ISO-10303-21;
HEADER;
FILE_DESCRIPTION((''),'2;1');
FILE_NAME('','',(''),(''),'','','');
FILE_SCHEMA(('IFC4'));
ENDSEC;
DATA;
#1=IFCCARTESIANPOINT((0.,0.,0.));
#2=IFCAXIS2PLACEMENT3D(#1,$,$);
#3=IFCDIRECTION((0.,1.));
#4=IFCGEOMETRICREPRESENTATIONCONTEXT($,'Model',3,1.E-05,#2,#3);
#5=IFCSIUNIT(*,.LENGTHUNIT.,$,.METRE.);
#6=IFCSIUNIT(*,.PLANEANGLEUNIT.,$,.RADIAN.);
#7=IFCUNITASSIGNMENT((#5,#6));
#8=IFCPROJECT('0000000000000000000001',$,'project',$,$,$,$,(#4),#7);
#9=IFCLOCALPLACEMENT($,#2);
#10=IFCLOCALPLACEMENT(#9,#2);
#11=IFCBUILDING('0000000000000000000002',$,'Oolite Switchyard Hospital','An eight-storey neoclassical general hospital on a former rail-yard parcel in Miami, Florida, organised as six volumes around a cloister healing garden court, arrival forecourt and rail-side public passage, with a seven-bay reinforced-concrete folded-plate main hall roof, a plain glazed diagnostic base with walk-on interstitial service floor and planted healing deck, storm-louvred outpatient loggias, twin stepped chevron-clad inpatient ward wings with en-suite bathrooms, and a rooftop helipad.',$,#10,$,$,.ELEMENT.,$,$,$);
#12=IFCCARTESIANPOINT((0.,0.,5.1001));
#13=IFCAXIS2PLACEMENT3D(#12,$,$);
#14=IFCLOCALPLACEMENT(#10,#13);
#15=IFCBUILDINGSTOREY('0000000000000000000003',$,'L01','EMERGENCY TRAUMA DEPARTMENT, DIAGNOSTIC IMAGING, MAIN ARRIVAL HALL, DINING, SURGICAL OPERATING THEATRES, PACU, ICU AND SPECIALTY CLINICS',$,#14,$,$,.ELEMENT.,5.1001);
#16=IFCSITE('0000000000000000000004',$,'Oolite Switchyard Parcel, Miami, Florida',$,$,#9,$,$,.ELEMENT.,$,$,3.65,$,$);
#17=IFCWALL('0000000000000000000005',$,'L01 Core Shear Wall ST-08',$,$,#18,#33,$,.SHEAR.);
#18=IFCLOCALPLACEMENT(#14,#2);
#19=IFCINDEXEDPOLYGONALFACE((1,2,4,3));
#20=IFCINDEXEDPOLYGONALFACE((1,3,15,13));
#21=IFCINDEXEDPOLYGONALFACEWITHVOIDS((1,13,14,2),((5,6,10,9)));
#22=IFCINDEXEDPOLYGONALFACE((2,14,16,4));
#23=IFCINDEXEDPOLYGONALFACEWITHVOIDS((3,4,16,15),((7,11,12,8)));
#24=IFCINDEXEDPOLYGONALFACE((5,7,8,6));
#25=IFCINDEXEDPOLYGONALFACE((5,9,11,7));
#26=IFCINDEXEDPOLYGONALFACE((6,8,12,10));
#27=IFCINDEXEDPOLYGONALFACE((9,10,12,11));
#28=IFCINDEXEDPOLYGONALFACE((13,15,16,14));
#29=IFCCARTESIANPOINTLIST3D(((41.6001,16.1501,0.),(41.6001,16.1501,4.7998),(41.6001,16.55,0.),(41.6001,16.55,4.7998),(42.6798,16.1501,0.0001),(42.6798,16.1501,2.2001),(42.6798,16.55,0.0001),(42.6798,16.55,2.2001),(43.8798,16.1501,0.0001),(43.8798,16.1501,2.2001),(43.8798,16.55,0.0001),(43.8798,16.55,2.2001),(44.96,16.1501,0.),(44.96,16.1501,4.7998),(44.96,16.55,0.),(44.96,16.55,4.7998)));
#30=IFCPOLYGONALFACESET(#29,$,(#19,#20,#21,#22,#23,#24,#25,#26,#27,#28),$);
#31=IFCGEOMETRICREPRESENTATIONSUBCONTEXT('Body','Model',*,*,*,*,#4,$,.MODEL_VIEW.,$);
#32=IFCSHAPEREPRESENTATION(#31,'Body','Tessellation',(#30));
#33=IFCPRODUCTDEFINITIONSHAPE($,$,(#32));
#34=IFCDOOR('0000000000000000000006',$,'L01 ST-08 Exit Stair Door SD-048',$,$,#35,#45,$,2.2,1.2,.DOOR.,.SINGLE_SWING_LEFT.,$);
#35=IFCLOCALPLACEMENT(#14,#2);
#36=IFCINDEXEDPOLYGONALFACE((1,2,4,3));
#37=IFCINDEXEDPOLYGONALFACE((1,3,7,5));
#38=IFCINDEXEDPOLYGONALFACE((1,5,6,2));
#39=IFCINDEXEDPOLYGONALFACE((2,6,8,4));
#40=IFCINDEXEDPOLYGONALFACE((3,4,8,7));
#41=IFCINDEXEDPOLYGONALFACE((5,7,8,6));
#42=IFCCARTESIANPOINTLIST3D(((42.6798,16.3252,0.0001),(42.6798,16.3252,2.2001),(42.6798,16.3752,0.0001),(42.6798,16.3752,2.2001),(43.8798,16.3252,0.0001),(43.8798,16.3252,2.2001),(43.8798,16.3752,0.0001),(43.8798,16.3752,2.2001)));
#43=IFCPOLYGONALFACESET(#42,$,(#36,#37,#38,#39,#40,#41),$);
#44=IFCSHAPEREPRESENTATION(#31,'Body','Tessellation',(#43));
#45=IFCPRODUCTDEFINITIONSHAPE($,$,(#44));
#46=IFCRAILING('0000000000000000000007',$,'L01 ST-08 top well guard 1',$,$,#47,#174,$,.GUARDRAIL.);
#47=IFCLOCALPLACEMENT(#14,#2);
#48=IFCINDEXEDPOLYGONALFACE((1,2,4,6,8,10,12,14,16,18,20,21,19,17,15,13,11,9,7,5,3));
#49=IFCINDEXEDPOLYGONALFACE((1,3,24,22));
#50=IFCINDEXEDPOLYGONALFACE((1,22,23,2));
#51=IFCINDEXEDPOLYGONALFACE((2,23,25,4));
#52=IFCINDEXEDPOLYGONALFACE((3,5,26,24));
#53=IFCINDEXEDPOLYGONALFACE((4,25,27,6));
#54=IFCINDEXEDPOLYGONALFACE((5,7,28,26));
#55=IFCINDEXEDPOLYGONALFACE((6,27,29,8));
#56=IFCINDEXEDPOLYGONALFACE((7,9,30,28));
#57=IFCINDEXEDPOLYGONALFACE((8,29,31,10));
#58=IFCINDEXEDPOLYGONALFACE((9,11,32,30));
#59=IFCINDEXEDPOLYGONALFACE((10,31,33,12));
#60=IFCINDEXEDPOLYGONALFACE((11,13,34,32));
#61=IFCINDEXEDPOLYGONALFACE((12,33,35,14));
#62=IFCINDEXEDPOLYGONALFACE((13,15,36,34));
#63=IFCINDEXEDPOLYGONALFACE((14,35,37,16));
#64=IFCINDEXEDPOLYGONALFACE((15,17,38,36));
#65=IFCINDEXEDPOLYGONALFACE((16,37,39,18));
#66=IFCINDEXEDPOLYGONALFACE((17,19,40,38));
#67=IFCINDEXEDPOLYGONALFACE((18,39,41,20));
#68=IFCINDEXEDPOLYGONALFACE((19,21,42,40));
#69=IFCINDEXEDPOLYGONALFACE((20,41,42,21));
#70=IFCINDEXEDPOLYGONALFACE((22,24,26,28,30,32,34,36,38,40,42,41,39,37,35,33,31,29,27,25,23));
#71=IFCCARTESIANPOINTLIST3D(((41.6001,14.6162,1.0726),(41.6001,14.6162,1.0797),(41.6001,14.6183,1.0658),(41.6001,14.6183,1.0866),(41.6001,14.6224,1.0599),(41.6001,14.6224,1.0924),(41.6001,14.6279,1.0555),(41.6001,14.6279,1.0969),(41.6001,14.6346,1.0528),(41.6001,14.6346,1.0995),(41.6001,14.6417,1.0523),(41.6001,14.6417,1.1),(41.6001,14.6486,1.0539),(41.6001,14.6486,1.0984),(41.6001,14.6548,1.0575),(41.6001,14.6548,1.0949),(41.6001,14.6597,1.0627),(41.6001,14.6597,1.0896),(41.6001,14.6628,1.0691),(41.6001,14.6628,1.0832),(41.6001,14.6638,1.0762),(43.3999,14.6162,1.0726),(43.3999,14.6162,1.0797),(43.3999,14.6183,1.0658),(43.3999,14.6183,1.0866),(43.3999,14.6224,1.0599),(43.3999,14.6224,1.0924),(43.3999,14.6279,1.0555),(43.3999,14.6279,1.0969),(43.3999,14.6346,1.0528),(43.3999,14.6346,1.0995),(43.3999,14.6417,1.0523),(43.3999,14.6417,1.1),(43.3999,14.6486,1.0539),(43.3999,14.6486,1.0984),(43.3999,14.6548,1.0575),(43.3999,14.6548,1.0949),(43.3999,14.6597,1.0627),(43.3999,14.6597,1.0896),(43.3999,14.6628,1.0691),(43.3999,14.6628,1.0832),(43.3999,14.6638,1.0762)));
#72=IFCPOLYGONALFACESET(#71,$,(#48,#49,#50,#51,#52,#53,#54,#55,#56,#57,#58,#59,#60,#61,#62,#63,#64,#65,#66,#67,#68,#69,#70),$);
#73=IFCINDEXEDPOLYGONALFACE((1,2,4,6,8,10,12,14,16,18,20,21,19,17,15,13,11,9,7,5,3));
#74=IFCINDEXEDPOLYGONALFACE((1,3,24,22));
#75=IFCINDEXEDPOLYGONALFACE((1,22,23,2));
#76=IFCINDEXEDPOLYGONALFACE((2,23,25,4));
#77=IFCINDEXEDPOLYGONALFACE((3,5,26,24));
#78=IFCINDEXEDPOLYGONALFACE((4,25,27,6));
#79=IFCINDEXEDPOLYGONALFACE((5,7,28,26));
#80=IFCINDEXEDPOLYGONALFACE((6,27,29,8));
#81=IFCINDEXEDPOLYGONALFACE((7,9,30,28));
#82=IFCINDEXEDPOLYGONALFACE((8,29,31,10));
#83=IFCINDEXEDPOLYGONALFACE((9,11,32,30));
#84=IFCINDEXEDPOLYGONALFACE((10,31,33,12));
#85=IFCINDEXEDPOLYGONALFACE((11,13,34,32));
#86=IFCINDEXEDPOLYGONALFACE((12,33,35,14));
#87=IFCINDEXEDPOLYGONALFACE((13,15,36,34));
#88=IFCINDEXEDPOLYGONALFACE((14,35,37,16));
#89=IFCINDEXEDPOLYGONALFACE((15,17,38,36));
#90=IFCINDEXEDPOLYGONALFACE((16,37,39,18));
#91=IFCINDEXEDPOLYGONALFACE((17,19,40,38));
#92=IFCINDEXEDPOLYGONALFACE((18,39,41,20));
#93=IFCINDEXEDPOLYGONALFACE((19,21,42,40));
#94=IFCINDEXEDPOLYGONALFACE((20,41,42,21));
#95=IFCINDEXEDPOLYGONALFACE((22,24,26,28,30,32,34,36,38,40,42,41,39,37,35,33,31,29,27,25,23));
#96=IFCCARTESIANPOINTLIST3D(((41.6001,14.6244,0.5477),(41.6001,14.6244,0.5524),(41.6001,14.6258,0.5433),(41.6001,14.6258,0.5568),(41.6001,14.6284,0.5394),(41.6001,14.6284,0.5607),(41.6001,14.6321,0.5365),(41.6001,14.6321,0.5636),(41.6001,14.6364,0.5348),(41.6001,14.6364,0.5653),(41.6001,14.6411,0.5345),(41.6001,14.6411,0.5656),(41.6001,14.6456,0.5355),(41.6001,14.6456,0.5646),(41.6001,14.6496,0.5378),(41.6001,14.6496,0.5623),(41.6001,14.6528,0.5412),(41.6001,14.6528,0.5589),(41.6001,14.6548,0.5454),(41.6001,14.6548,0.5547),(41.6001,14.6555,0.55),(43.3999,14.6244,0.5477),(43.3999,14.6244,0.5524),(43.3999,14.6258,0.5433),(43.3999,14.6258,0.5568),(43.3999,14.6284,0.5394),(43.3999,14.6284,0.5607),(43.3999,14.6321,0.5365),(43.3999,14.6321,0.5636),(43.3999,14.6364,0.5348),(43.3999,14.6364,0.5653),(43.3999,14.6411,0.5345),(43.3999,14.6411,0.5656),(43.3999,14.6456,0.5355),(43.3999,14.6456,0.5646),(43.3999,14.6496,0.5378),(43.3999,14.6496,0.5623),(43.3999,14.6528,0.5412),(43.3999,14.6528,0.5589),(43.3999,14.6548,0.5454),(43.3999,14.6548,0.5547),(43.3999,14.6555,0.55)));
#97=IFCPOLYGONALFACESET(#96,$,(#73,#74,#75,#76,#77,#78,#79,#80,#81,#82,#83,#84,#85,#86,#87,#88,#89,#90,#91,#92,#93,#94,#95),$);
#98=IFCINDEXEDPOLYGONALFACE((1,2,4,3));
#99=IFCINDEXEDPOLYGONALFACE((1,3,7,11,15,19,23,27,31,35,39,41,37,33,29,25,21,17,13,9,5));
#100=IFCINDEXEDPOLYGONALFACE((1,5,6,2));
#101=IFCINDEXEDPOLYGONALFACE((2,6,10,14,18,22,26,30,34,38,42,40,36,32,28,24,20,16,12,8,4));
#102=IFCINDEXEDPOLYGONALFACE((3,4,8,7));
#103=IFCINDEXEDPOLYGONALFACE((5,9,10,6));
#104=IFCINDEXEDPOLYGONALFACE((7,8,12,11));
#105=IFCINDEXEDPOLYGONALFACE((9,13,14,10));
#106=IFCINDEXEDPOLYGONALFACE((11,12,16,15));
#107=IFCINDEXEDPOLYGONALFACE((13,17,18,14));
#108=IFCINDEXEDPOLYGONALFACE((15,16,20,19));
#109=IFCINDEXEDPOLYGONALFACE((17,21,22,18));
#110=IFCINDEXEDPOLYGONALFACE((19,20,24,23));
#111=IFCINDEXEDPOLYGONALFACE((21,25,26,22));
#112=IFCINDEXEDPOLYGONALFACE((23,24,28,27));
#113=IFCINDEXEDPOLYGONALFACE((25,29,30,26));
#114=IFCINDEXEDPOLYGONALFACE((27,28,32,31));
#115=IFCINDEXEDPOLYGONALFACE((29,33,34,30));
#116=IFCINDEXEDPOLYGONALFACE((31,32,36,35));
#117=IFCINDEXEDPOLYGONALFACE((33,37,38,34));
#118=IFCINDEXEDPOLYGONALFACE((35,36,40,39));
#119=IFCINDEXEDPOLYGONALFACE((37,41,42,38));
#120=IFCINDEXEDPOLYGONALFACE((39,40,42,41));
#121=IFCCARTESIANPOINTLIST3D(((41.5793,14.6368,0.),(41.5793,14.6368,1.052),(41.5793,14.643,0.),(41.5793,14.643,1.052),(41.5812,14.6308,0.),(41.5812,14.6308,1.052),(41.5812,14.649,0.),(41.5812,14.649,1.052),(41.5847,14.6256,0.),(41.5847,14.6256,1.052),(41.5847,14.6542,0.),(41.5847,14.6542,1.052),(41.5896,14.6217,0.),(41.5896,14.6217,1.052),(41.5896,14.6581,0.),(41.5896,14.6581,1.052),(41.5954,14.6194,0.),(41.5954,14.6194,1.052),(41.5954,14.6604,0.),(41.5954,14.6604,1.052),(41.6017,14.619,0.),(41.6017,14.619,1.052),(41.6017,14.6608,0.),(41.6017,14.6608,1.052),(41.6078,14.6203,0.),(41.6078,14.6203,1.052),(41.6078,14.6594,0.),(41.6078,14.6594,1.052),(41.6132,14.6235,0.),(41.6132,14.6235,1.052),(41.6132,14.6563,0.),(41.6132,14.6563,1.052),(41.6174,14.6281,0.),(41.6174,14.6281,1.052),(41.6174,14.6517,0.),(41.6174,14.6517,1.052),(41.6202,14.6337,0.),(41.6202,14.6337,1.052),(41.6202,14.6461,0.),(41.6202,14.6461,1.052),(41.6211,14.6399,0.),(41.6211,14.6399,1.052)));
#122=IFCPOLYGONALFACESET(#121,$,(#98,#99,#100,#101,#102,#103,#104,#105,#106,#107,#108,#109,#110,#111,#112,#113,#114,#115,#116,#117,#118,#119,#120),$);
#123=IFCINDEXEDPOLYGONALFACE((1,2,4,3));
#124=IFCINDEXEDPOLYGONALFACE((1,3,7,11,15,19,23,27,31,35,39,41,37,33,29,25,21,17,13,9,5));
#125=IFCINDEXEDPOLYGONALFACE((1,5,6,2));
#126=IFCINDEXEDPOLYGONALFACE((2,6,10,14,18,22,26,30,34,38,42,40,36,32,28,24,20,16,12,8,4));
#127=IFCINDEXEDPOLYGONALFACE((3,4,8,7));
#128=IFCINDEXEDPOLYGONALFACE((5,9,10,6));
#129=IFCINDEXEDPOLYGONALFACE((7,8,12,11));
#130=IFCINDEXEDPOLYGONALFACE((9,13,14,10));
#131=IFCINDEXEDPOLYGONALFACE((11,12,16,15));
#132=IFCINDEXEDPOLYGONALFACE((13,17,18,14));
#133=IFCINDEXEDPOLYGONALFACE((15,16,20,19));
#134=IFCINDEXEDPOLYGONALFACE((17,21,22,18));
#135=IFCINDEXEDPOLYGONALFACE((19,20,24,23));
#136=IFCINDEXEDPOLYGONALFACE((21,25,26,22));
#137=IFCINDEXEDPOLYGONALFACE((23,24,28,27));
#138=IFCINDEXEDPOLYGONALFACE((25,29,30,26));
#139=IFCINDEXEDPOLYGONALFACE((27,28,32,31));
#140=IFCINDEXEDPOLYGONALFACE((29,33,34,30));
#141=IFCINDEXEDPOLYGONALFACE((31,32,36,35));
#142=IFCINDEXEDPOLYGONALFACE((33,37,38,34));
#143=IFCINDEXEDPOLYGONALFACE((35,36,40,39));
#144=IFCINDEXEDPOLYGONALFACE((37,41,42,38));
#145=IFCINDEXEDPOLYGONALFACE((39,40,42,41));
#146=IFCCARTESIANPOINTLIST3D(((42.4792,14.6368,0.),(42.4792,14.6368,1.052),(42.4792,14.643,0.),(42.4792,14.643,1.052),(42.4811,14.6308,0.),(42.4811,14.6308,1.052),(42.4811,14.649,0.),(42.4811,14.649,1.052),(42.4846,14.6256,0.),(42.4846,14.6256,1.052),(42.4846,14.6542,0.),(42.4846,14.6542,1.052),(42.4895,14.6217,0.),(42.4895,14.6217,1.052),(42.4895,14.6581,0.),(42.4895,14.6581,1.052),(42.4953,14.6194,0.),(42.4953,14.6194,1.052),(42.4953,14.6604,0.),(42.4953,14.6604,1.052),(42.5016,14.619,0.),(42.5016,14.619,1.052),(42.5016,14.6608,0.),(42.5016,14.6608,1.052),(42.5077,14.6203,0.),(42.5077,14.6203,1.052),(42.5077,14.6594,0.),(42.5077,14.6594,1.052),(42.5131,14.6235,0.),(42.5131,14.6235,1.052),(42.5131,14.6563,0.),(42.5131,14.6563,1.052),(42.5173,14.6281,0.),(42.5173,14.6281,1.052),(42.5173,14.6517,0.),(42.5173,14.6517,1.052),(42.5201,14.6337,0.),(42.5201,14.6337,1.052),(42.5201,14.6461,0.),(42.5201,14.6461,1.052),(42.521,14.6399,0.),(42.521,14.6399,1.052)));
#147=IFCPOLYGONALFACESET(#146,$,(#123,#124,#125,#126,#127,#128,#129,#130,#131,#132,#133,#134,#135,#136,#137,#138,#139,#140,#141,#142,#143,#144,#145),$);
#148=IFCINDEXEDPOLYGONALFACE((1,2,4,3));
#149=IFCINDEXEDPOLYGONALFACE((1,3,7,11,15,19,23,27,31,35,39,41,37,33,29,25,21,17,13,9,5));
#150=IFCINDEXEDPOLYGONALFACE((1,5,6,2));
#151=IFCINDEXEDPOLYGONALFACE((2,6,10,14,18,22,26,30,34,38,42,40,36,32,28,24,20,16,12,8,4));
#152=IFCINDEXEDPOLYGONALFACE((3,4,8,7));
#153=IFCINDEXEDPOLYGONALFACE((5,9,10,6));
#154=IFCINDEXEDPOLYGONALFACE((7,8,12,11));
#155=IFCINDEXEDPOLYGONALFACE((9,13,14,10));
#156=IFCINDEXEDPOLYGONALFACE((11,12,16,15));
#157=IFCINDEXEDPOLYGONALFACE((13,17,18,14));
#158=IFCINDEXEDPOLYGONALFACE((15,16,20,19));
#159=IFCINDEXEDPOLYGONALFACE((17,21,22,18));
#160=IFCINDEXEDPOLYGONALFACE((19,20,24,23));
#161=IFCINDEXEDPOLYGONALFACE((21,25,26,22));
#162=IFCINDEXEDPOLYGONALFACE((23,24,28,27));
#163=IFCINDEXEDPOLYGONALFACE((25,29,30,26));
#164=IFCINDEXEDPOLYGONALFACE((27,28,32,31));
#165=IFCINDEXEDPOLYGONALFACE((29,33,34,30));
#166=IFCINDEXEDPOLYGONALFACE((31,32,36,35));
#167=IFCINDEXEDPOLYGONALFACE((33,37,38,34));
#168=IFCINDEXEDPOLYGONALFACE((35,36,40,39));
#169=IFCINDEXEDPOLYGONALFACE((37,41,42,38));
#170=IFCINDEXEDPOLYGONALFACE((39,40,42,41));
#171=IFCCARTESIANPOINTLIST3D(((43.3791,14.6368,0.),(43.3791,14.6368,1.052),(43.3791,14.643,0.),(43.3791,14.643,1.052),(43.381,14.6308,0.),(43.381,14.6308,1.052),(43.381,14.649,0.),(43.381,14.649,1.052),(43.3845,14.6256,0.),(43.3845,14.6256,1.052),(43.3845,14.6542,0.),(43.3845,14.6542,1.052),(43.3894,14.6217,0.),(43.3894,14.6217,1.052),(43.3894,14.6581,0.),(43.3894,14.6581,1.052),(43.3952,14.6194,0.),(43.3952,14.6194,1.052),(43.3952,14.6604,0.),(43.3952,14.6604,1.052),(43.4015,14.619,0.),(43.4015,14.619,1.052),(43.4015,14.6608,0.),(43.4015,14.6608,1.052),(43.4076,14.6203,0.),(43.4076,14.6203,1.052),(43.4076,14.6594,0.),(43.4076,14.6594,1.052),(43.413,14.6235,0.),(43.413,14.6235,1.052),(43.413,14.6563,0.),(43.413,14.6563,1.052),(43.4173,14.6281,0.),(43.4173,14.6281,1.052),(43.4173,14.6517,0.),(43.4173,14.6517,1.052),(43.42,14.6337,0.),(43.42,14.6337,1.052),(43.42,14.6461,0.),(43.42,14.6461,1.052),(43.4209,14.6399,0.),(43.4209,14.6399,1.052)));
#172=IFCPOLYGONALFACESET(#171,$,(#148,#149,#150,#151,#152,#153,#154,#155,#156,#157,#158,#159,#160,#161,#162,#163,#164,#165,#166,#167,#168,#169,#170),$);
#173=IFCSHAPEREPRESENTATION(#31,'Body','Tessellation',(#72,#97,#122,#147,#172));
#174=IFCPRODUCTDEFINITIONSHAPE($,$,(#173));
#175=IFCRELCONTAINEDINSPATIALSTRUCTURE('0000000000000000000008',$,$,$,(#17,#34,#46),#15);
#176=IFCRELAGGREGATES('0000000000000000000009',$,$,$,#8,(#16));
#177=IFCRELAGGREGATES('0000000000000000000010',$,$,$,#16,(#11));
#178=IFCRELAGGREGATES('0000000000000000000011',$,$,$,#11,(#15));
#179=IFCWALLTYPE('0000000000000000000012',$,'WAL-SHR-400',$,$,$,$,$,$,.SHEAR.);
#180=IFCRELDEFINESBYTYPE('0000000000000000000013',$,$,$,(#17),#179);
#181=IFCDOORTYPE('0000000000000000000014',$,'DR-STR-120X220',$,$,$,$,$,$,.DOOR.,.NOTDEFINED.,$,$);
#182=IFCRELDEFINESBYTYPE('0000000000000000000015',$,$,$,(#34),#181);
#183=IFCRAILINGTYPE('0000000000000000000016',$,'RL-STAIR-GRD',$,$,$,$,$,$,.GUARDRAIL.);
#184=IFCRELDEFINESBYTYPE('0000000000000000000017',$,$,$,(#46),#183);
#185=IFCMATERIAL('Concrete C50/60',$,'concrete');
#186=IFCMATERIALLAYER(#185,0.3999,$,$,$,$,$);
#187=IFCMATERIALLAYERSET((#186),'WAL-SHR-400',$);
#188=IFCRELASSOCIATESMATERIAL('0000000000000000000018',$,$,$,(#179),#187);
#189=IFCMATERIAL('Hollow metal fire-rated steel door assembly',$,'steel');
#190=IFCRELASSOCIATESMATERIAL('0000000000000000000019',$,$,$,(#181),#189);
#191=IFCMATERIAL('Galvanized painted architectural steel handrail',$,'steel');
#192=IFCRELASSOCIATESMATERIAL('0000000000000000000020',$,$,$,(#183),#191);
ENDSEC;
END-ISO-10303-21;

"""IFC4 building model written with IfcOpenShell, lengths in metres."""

from ifc_helpers import new_model, si_unit, direction, frame, frame_2d, origin, origin_2d, place, context, subcontext, project, spatial, rectangle, circle, extrude, material, layer, layer_set, type_object, element, fill, save


model = new_model("IFC4")

# Units and contexts
model_context = context("Model", 3, precision=1e-05, world=origin(), true_north=direction((0.0, 1.0)))
body_context = subcontext(model_context, "Body", "Model", "MODEL_VIEW")
ifc_project = project(units=[si_unit("LENGTHUNIT", "METRE"), si_unit("PLANEANGLEUNIT", "RADIAN")], contexts=[model_context])

# Site, building, storey
site_placement = place(None, origin())
site = spatial("IfcSite", under=ifc_project, at=site_placement, Name="Oolite Switchyard Parcel, Miami, Florida", CompositionType="ELEMENT", RefElevation=3.65)
building_placement = place(site_placement, origin())
building = spatial("IfcBuilding", under=site, at=building_placement, Name="Oolite Switchyard Hospital", Description="An eight-storey neoclassical general hospital on a former rail-yard parcel in Miami, Florida, organised as six volumes around a cloister healing garden court, arrival forecourt and rail-side public passage, with a seven-bay reinforced-concrete folded-plate main hall roof, a plain glazed diagnostic base with walk-on interstitial service floor and planted healing deck, storm-louvred outpatient loggias, twin stepped chevron-clad inpatient ward wings with en-suite bathrooms, and a rooftop helipad.", CompositionType="ELEMENT")
storey_placement = place(building_placement, frame((0.0, 0.0, 5.1001)))
storey = spatial("IfcBuildingStorey", under=building, at=storey_placement, Name="L01", Description="EMERGENCY TRAUMA DEPARTMENT, DIAGNOSTIC IMAGING, MAIN ARRIVAL HALL, DINING, SURGICAL OPERATING THEATRES, PACU, ICU AND SPECIALTY CLINICS", CompositionType="ELEMENT", Elevation=5.1001)

# Shared definitions
ifc_material_1 = material(Name="Concrete C50/60", Category="concrete")

# Shared definitions
ifc_layer_1 = layer(ifc_material_1, 0.3999)
ifc_layer_set_1 = layer_set([ifc_layer_1], Name="WAL-SHR-400")
wall_type_1 = type_object("IfcWallType", Name="WAL-SHR-400", PredefinedType="SHEAR", material=ifc_layer_set_1)

# Wall, opening, door
wall_1_placement = place(storey_placement, frame((44.96, 16.3501, 0.0), z_axis=(0.0, 0.0, 1.0), x_axis=(-1.0, 0.0, 0.0)))
wall_1 = element("IfcWall", 1, at=wall_1_placement, inside=storey, type_object=wall_type_1, Name="L01 Core Shear Wall ST-08", PredefinedType="SHEAR", context=body_context, shape_type="SweptSolid", body=[
    extrude(rectangle(XDim=3.3599, YDim=0.3999, at=frame_2d((1.6799, 0.0))), origin(), (0.0, 0.0, 1.0), 4.7998),
])
opening_placement = place(wall_1_placement, frame((1.0801, 0.0, 0.0)))
opening = element("IfcOpeningElement", 2, at=opening_placement, cuts=wall_1, PredefinedType="OPENING", context=body_context, shape_type="SweptSolid", body=[
    extrude(rectangle(XDim=1.2, YDim=2.2, at=frame_2d((0.6001, 1.1001))), frame((0.0, 0.21, 0.0), z_axis=(0.0, -1.0, 0.0), x_axis=(1.0, 0.0, 0.0)), (0.0, 0.0, 1.0), 0.4199),
])
ifc_material_2 = material(Name="Hollow metal fire-rated steel door assembly", Category="steel")
door_type = type_object("IfcDoorType", Name="DR-STR-120X220", OperationType="NOTDEFINED", PredefinedType="DOOR", material=ifc_material_2)
door_placement = place(opening_placement, origin())
door = element("IfcDoor", 3, at=door_placement, inside=storey, type_object=door_type, Name="L01 ST-08 Exit Stair Door SD-048", OperationType="SINGLE_SWING_LEFT", OverallHeight=2.2, OverallWidth=1.2, PredefinedType="DOOR", context=body_context, shape_type="SweptSolid", body=[
    extrude(rectangle(XDim=1.2, YDim=2.2, at=frame_2d((0.6001, 1.1001))), frame((0.0, 0.0249, 0.0), z_axis=(0.0, -1.0, 0.0), x_axis=(1.0, 0.0, 0.0)), (0.0, 0.0, 1.0), 0.05),
])
fill(opening, door)

# Railing
ifc_material_3 = material(Name="Galvanized painted architectural steel handrail", Category="steel")
railing_type = type_object("IfcRailingType", Name="RL-STAIR-GRD", PredefinedType="GUARDRAIL", material=ifc_material_3)
railing_placement = place(storey_placement, frame((41.6001, 14.6399, 0.0)))
element("IfcRailing", 4, at=railing_placement, inside=storey, type_object=railing_type, Name="L01 ST-08 top well guard 1", PredefinedType="GUARDRAIL", context=body_context, shape_type="SweptSolid", body=[
    extrude(circle(Radius=0.0239, at=origin_2d()), frame((0.0, 0.0, 1.0762), z_axis=(1.0, 0.0, 0.0), x_axis=(0.0, 1.0, 0.0)), (0.0, 0.0, 1.0), 1.7998),
    extrude(circle(Radius=0.0156, at=origin_2d()), frame((0.0, 0.0, 0.55), z_axis=(1.0, 0.0, 0.0), x_axis=(0.0, 1.0, 0.0)), (0.0, 0.0, 1.0), 1.7998),
    extrude(circle(Radius=0.021, at=origin_2d()), origin(), (0.0, 0.0, 1.0), 1.052),
    extrude(circle(Radius=0.021, at=origin_2d()), frame((0.8999, 0.0, 0.0)), (0.0, 0.0, 1.0), 1.052),
    extrude(circle(Radius=0.021, at=origin_2d()), frame((1.7998, 0.0, 0.0)), (0.0, 0.0, 1.0), 1.052),
])

save(model, "model.ifc")
